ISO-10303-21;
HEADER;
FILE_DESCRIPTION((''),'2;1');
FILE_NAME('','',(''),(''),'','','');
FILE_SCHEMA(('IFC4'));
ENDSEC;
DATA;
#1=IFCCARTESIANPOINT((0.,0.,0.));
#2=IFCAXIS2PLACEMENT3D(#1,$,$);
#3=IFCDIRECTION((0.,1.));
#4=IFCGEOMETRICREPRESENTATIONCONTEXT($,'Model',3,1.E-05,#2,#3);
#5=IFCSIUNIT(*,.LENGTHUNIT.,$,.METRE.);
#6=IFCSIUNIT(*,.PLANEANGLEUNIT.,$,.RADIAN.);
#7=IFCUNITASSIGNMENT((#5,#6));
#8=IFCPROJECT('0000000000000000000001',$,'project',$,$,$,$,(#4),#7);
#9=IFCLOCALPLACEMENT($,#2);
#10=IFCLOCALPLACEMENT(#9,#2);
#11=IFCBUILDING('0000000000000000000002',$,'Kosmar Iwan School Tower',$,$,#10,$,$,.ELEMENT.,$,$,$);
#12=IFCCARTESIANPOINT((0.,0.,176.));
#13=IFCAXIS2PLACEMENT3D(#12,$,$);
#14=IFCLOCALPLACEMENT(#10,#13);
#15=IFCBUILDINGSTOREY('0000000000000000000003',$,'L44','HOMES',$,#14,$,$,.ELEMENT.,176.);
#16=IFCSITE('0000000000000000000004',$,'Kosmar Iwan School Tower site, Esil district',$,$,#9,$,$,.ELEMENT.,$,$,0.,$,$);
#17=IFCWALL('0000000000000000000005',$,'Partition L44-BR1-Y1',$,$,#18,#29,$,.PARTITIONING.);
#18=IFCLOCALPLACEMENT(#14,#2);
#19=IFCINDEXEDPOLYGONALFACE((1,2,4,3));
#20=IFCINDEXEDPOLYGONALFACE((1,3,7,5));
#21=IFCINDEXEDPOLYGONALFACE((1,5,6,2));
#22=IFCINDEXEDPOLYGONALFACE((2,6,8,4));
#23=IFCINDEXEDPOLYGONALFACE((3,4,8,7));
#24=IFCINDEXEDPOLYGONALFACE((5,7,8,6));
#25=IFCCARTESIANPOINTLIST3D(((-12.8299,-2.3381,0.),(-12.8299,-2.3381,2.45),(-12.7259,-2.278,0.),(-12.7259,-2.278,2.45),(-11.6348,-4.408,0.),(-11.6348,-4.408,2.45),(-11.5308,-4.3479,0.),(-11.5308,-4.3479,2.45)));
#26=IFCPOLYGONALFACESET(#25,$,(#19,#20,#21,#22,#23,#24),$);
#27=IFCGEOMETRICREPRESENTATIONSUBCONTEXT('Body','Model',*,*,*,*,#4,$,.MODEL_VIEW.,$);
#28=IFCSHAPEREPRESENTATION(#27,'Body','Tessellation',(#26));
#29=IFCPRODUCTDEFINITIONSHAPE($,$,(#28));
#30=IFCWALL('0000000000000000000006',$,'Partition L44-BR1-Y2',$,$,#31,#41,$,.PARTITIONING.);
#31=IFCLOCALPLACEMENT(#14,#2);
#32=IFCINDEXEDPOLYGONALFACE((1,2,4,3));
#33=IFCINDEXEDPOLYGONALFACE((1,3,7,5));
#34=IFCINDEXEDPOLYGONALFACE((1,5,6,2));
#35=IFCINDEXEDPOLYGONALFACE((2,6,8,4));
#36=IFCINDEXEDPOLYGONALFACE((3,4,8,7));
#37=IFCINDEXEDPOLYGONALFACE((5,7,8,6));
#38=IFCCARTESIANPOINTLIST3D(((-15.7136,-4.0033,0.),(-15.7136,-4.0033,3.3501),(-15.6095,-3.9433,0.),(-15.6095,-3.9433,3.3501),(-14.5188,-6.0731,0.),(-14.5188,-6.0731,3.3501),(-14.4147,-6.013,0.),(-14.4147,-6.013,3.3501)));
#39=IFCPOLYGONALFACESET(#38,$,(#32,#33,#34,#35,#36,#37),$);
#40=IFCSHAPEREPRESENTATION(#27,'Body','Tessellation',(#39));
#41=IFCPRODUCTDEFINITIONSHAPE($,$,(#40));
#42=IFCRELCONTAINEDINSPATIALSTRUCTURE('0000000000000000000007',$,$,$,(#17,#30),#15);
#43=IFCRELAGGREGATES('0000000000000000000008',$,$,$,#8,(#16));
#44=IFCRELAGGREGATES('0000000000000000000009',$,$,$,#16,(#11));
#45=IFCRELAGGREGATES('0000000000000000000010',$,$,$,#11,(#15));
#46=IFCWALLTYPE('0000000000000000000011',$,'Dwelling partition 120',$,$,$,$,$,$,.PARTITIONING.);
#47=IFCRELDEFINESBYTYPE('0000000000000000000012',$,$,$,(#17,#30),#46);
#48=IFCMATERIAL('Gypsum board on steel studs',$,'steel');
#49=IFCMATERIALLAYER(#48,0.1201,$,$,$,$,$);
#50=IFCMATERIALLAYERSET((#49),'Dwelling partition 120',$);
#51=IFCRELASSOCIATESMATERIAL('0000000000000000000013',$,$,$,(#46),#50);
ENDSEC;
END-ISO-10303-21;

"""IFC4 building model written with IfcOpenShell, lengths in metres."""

from ifc_helpers import new_model, si_unit, direction, frame, frame_2d, origin, place, context, subcontext, project, spatial, rectangle, extrude, material, layer, layer_set, type_object, element, save


model = new_model("IFC4")

# Units and contexts
model_context = context("Model", 3, precision=1e-05, world=origin(), true_north=direction((0.0, 1.0)))
body_context = subcontext(model_context, "Body", "Model", "MODEL_VIEW")
ifc_project = project(units=[si_unit("LENGTHUNIT", "METRE"), si_unit("PLANEANGLEUNIT", "RADIAN")], contexts=[model_context])

# Site, building, storey
site_placement = place(None, origin())
site = spatial("IfcSite", under=ifc_project, at=site_placement, Name="Kosmar Iwan School Tower site, Esil district", CompositionType="ELEMENT", RefElevation=0.0)
building_placement = place(site_placement, origin())
building = spatial("IfcBuilding", under=site, at=building_placement, Name="Kosmar Iwan School Tower", CompositionType="ELEMENT")
storey_placement = place(building_placement, frame((0.0, 0.0, 176.0)))
storey = spatial("IfcBuildingStorey", under=building, at=storey_placement, Name="L44", Description="HOMES", CompositionType="ELEMENT", Elevation=176.0)

# Shared definitions
ifc_material_1 = material(Name="Gypsum board on steel studs", Category="steel")
ifc_layer_1 = layer(ifc_material_1, 0.1201)
ifc_layer_set_1 = layer_set([ifc_layer_1], Name="Dwelling partition 120")
wall_type_1 = type_object("IfcWallType", Name="Dwelling partition 120", PredefinedType="PARTITIONING", material=ifc_layer_set_1)

# Walls
wall_1_placement = place(storey_placement, frame((-11.5828, -4.3779, 0.0), z_axis=(0.0, 0.0, 1.0), x_axis=(-0.500017, 0.866015, 0.0)))
element("IfcWall", 1, at=wall_1_placement, inside=storey, type_object=wall_type_1, Name="Partition L44-BR1-Y1", PredefinedType="PARTITIONING", context=body_context, shape_type="SweptSolid", body=[
    extrude(rectangle(XDim=2.3901, YDim=0.1201, at=frame_2d((1.1951, 0.0))), origin(), (0.0, 0.0, 1.0), 2.45),
])
wall_2_placement = place(storey_placement, frame((-14.4668, -6.043, 0.0), z_axis=(0.0, 0.0, 1.0), x_axis=(-0.499941, 0.86606, 0.0)))
element("IfcWall", 2, at=wall_2_placement, inside=storey, type_object=wall_type_1, Name="Partition L44-BR1-Y2", PredefinedType="PARTITIONING", context=body_context, shape_type="SweptSolid", body=[
    extrude(rectangle(XDim=2.3899, YDim=0.1201, at=frame_2d((1.1948, 0.0))), origin(), (0.0, 0.0, 1.0), 3.3501),
])

save(model, "model.ifc")
